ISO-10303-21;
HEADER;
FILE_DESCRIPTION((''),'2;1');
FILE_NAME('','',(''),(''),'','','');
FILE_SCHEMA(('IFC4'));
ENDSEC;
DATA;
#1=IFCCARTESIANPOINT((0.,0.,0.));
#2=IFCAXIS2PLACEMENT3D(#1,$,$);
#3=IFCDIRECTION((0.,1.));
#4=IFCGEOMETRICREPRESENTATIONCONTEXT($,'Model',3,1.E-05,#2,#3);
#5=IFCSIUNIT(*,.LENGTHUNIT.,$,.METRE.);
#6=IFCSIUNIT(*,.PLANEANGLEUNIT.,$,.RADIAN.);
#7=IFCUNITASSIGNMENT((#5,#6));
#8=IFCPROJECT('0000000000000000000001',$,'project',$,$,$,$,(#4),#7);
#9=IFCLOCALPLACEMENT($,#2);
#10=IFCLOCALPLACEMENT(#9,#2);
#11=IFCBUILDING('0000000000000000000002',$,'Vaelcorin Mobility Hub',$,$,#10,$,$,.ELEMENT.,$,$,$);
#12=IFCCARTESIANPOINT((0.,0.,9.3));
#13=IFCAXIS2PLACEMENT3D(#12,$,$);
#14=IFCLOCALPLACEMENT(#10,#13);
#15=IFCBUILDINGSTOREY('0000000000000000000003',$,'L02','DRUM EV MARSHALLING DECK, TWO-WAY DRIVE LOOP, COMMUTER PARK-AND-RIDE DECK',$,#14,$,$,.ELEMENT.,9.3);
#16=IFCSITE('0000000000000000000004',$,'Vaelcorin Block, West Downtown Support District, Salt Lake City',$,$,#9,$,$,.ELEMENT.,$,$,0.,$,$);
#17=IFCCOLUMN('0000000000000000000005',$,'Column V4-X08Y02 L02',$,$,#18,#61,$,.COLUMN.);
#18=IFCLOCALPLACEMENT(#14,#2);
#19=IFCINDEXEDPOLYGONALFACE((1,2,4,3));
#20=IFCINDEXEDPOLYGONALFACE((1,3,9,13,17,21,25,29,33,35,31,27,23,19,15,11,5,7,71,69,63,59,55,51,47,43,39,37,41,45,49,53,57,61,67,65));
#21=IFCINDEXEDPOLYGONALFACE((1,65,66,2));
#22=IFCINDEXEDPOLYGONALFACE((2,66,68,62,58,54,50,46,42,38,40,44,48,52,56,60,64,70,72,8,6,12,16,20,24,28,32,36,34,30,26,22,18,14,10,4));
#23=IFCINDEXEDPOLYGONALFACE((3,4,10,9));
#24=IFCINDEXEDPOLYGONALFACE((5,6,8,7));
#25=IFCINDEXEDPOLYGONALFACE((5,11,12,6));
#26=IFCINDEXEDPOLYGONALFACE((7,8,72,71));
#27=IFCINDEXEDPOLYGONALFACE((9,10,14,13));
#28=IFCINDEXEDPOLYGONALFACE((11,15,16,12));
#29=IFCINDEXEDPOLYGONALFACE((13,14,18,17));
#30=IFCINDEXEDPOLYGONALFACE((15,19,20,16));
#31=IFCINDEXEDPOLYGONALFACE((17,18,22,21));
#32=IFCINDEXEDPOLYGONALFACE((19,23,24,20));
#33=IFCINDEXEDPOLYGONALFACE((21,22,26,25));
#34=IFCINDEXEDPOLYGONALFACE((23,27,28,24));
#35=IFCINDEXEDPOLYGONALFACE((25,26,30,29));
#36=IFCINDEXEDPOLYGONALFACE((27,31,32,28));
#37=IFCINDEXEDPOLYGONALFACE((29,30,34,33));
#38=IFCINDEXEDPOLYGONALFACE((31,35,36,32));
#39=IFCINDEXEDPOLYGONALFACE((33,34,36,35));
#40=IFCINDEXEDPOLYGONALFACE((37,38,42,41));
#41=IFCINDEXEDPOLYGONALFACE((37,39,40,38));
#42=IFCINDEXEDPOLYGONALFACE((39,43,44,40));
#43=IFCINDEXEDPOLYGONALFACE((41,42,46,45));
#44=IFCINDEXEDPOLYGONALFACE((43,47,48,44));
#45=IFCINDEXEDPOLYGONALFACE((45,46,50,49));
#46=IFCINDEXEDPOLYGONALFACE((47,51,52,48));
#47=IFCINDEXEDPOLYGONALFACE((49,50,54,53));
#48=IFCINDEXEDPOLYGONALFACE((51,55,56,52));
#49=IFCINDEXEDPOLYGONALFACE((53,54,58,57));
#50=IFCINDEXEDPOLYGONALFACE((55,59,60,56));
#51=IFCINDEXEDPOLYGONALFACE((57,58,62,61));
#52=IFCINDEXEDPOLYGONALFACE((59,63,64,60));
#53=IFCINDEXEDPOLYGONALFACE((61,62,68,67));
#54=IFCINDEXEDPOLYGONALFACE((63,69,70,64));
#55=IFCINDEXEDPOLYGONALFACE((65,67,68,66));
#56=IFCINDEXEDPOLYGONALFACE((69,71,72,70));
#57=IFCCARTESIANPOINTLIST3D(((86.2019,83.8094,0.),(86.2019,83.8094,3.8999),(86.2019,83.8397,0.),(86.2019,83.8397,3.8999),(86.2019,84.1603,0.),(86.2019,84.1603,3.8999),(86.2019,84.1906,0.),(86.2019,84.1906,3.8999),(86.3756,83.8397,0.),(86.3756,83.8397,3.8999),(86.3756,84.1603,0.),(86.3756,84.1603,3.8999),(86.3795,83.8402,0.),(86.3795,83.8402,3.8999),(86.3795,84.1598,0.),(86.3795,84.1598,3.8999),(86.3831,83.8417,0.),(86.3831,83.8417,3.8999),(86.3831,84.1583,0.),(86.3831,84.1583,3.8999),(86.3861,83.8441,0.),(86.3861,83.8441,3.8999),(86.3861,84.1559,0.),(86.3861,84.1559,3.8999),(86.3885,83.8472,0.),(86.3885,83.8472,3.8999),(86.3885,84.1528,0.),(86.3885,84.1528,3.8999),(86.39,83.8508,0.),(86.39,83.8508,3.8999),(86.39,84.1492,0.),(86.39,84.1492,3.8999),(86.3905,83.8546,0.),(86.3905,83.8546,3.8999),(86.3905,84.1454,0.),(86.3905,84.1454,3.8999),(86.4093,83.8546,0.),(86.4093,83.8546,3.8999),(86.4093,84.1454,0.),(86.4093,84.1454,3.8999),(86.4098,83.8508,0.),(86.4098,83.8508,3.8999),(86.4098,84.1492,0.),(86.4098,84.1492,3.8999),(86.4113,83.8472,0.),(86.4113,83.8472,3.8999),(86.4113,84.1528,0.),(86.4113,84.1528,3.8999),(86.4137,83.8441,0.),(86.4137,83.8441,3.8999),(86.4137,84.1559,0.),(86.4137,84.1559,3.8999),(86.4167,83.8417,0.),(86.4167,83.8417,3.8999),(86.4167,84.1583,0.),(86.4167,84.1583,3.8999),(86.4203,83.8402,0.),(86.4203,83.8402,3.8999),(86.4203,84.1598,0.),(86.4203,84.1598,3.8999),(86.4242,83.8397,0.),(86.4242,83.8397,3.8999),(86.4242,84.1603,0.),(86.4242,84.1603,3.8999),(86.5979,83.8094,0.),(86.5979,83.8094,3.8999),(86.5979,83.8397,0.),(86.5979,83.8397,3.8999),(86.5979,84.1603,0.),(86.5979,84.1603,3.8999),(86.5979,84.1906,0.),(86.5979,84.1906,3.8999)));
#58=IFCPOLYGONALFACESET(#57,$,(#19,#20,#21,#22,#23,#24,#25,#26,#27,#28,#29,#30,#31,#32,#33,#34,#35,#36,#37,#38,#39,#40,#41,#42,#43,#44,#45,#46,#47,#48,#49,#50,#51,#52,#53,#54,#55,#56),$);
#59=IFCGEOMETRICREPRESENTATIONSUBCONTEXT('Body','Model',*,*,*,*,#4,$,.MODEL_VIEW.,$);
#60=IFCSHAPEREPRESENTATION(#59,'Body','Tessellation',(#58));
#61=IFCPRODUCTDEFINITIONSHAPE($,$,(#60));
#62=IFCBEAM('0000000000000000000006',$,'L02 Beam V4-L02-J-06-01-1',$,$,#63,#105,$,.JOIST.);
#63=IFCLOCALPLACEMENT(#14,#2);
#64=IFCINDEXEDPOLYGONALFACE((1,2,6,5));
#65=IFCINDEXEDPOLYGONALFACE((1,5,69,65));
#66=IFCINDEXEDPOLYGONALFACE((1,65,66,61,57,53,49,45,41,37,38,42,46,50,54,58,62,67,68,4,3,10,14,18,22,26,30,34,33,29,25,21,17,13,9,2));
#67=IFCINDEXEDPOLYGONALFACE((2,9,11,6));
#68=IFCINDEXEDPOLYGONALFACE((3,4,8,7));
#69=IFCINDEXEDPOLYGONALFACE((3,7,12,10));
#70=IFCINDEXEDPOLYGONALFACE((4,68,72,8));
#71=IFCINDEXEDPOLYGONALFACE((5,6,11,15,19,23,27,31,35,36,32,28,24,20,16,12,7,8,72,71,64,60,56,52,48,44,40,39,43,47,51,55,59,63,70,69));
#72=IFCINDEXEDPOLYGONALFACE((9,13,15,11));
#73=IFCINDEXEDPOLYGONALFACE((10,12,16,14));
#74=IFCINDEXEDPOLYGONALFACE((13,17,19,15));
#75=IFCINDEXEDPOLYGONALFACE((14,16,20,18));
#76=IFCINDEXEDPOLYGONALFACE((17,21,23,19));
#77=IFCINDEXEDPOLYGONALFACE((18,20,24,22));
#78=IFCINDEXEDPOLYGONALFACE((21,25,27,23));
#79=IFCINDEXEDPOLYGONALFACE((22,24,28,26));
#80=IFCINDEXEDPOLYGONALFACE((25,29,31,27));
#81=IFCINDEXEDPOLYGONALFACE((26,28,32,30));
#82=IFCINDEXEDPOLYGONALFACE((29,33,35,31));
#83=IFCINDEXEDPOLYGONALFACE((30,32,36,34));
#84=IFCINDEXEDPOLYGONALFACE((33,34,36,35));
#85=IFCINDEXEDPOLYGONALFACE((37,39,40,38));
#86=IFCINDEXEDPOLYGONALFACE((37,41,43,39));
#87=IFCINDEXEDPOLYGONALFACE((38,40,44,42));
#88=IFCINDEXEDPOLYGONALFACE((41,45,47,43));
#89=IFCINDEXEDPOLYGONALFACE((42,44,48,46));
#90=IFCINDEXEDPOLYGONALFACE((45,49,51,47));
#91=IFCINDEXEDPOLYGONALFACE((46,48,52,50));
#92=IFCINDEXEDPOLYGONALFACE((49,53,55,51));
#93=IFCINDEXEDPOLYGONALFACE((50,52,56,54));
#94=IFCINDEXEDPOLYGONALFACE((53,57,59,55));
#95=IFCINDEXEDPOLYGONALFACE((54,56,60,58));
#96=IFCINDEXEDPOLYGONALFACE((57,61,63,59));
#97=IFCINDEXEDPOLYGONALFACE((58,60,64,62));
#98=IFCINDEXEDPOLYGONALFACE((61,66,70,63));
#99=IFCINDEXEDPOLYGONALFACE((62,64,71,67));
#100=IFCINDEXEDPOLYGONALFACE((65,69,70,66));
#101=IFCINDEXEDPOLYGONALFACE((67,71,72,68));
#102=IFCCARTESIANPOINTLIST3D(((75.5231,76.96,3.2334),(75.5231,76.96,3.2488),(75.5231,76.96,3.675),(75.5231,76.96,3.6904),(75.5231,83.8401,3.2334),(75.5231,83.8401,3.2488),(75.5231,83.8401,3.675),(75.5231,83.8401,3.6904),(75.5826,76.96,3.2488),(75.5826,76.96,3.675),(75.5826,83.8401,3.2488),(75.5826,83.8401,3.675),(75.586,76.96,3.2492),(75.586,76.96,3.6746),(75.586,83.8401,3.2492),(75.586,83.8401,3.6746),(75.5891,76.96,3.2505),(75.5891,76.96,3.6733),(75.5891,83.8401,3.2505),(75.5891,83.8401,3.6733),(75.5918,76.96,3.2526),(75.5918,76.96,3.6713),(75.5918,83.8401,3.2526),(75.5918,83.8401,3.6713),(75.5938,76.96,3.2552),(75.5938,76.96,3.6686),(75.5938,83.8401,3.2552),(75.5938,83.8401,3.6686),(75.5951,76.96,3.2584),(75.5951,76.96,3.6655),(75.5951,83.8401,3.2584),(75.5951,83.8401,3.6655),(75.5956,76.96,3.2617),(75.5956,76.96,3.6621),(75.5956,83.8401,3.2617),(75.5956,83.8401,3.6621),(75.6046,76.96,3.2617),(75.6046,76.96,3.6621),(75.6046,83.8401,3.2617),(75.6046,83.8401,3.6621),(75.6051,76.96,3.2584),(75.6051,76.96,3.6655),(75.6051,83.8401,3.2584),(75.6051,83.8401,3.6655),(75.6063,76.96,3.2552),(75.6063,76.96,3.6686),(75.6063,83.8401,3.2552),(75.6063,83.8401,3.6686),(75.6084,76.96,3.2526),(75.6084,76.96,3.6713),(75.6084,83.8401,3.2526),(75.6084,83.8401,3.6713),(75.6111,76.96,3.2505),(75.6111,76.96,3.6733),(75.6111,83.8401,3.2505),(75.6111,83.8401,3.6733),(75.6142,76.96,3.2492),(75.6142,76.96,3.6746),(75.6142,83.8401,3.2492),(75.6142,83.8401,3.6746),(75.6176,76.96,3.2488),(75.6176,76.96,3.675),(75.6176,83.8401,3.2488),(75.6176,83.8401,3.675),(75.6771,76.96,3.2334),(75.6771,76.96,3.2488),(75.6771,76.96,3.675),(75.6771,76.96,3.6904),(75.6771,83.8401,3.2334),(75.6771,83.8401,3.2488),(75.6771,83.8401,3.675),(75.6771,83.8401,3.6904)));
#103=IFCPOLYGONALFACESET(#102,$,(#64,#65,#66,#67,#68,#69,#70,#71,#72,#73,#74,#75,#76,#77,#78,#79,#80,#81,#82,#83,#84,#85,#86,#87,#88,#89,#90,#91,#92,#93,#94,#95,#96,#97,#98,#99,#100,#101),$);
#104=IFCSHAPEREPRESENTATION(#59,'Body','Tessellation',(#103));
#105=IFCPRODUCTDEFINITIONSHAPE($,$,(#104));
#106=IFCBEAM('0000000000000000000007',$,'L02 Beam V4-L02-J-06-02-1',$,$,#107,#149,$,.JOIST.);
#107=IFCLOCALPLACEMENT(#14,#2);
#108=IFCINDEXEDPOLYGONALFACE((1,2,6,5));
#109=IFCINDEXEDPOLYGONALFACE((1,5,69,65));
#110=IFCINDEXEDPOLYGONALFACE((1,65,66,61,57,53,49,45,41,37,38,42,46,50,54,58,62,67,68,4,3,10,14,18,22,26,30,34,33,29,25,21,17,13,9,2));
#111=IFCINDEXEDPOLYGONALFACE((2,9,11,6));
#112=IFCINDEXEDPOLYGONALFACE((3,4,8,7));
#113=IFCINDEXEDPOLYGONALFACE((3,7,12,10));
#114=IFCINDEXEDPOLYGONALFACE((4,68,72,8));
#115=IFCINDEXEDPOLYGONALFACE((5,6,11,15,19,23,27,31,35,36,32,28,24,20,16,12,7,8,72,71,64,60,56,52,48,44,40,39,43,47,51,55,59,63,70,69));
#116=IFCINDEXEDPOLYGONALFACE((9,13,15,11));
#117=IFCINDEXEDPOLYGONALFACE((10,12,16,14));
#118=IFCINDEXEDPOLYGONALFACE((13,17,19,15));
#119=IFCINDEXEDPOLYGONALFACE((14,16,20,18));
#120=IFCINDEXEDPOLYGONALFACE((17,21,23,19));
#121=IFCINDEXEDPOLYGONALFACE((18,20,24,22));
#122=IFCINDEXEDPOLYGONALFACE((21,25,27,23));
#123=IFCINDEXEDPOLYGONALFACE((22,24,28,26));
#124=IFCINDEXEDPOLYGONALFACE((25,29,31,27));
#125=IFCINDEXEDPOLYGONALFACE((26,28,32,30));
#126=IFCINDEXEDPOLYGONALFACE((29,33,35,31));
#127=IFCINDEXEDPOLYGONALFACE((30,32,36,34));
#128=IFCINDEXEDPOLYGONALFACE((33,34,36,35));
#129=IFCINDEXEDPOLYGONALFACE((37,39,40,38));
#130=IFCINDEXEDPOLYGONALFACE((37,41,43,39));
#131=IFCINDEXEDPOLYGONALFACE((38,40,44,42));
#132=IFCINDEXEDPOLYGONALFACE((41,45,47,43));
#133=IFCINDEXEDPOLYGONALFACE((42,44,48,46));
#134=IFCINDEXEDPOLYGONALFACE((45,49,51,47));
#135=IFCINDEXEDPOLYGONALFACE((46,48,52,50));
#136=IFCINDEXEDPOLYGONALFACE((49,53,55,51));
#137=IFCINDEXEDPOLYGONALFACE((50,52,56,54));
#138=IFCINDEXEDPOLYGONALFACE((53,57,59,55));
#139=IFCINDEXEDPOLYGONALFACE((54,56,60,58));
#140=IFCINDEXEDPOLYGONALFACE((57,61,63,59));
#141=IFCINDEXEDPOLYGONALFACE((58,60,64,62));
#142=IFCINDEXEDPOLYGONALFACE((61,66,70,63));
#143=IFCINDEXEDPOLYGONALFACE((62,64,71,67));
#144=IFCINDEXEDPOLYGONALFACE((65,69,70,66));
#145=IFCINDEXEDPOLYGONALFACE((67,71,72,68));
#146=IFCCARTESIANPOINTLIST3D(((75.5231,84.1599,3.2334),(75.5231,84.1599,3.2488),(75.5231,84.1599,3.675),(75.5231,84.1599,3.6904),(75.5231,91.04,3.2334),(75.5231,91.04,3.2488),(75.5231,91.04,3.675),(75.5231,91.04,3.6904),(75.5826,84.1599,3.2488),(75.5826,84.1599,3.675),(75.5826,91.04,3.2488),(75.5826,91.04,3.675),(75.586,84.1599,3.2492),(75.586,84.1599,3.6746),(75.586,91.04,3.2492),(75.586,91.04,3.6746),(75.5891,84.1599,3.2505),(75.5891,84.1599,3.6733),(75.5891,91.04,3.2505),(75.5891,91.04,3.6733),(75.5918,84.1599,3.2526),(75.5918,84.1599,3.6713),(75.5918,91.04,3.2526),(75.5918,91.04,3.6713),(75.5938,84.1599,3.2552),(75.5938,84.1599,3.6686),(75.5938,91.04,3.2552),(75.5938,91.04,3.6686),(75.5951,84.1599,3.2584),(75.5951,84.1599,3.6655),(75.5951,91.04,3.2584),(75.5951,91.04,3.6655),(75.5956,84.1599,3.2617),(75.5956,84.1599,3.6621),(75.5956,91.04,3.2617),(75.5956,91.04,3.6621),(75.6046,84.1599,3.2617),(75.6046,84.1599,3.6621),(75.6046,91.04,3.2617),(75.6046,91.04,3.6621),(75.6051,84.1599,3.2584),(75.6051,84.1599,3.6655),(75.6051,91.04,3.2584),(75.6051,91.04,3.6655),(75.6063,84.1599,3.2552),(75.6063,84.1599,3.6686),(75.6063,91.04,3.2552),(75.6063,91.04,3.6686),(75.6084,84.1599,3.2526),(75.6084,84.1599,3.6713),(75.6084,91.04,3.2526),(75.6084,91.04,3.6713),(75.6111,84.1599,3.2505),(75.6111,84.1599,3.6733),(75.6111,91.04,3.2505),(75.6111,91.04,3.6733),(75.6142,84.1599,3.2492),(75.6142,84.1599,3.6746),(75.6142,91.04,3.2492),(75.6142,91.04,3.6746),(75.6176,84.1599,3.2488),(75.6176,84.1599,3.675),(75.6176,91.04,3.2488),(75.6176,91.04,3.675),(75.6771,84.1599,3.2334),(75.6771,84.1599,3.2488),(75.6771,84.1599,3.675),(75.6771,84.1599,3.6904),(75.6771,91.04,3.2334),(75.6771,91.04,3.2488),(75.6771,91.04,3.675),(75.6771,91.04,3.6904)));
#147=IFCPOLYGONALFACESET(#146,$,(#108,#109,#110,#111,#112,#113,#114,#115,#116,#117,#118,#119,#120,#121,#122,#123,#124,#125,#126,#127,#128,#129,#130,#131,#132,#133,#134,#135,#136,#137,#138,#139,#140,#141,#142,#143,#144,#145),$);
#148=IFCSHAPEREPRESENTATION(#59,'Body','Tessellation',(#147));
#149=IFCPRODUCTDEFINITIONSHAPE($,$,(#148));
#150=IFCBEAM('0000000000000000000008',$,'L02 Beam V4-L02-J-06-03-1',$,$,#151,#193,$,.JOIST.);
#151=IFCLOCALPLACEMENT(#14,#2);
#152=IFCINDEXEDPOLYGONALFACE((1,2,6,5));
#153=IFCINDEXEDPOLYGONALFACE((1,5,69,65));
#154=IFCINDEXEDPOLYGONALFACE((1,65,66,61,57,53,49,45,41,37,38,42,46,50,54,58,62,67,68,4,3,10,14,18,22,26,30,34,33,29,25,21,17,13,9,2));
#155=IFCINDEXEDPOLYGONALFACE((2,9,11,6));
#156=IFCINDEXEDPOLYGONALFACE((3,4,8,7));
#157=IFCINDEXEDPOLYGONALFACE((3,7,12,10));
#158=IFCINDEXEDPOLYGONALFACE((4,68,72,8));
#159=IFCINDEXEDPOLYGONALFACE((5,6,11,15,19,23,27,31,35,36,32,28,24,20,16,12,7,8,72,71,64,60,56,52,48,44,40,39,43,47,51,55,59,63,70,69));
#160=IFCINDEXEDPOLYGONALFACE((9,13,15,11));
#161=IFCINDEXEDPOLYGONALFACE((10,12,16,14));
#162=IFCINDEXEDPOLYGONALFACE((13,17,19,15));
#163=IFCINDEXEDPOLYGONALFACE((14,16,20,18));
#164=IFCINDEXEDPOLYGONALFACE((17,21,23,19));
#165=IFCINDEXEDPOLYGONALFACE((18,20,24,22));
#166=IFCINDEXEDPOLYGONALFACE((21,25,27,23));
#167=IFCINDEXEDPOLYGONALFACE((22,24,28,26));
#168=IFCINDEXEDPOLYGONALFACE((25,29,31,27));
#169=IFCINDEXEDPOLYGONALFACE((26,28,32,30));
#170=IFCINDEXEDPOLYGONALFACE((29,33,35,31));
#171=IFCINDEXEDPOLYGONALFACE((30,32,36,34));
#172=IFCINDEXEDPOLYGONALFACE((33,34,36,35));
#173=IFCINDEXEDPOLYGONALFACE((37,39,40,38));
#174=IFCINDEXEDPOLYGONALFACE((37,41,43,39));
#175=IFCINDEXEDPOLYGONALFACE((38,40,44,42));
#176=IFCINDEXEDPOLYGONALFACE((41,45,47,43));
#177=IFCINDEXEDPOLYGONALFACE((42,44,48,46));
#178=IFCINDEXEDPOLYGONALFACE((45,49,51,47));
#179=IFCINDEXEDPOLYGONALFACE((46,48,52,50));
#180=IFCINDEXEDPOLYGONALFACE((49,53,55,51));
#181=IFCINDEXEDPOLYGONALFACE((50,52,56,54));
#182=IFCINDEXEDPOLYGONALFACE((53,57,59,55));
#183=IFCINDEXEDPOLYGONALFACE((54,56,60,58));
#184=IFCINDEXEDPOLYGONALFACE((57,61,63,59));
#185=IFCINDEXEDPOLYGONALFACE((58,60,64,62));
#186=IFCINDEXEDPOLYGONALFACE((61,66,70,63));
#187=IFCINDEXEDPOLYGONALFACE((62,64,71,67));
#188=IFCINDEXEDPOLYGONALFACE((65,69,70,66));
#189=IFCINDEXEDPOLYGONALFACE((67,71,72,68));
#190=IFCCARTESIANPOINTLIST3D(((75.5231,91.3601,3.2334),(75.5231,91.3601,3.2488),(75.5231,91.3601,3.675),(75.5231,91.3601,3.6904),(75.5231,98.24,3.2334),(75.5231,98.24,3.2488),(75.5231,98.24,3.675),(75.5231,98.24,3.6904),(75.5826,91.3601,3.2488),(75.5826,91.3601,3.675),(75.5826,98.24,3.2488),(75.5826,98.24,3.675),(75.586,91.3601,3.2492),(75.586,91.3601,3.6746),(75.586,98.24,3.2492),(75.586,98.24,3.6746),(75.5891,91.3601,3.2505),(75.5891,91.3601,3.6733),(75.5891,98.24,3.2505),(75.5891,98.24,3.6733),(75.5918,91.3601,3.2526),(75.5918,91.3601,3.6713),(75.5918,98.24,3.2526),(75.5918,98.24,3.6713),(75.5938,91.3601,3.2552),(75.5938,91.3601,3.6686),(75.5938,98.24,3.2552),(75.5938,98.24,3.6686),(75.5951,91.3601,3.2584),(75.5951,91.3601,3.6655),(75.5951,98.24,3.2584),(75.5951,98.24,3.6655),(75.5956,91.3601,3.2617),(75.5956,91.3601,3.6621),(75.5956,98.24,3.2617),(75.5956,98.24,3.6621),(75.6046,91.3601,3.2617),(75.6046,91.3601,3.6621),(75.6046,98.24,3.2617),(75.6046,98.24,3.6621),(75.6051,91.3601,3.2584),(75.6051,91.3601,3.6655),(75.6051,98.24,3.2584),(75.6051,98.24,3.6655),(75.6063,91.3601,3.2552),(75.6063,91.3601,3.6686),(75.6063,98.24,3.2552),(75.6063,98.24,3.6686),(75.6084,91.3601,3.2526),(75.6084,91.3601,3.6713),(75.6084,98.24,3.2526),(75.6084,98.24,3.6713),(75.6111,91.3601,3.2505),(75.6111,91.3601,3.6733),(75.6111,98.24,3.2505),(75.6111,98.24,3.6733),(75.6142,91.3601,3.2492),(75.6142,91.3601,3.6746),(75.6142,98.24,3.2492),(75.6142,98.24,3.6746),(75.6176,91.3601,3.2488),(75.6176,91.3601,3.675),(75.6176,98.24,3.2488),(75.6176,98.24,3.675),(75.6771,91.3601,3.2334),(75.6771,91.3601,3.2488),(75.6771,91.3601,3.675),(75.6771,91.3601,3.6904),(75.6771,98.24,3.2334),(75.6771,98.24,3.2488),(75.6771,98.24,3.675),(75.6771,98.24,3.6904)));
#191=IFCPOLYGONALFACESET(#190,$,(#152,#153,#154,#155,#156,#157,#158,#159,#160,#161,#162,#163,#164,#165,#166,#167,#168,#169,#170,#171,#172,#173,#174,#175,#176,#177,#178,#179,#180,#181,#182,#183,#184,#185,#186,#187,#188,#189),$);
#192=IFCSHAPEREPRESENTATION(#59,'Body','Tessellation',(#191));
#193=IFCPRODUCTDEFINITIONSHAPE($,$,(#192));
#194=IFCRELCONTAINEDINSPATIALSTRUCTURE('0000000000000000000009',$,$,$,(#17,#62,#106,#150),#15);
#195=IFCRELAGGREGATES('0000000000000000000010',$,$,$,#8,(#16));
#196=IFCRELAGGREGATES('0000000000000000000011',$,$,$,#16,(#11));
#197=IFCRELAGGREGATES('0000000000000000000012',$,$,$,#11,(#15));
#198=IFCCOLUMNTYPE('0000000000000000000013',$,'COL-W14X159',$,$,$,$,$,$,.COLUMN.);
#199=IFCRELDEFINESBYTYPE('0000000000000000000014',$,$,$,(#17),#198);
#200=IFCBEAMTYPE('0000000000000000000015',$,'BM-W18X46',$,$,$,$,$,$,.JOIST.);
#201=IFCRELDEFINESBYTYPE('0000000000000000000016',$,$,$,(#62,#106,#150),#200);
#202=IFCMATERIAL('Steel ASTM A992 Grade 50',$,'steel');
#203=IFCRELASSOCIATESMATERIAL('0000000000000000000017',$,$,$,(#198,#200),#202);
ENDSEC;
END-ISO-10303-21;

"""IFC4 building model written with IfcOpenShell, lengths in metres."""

from ifc_helpers import new_model, si_unit, direction, frame, origin, origin_2d, place, context, subcontext, project, spatial, i_section, extrude, material, material_profile, profile_set, type_object, element, save


model = new_model("IFC4")

# Units and contexts
model_context = context("Model", 3, precision=1e-05, world=origin(), true_north=direction((0.0, 1.0)))
body_context = subcontext(model_context, "Body", "Model", "MODEL_VIEW")
ifc_project = project(units=[si_unit("LENGTHUNIT", "METRE"), si_unit("PLANEANGLEUNIT", "RADIAN")], contexts=[model_context])

# Site, building, storey
site_placement = place(None, origin())
site = spatial("IfcSite", under=ifc_project, at=site_placement, Name="Vaelcorin Block, West Downtown Support District, Salt Lake City", CompositionType="ELEMENT", RefElevation=0.0)
building_placement = place(site_placement, origin())
building = spatial("IfcBuilding", under=site, at=building_placement, Name="Vaelcorin Mobility Hub", CompositionType="ELEMENT")
storey_placement = place(building_placement, frame((0.0, 0.0, 9.3)))
storey = spatial("IfcBuildingStorey", under=building, at=storey_placement, Name="L02", Description="DRUM EV MARSHALLING DECK, TWO-WAY DRIVE LOOP, COMMUTER PARK-AND-RIDE DECK", CompositionType="ELEMENT", Elevation=9.3)

# Column
ifc_material_1 = material(Name="Steel ASTM A992 Grade 50", Category="steel")
ifc_material_profile_1 = material_profile(ifc_material_1, i_section(OverallWidth=0.396, OverallDepth=0.3811, WebThickness=0.0188, FlangeThickness=0.0303, FilletRadius=0.0149, at=origin_2d()), Name="W14X159")
ifc_profile_set_1 = profile_set([ifc_material_profile_1], Name="Steel ASTM A992 Grade 50")
column_type_1 = type_object("IfcColumnType", Name="COL-W14X159", PredefinedType="COLUMN", material=ifc_profile_set_1)
for number, where, z_axis, x_axis, name in (
    (1, (86.3999, 84.0, 0.0), (0.0, 0.0, 1.0), (1.0, 0.0, 0.0), "Column V4-X08Y02 L02"),
):
    element("IfcColumn", number, at=place(storey_placement, frame(where, z_axis=z_axis, x_axis=x_axis)), inside=storey, type_object=column_type_1, Name=name, PredefinedType="COLUMN", context=body_context, shape_type="SweptSolid", body=[
        extrude(i_section(OverallWidth=0.396, OverallDepth=0.3811, WebThickness=0.0188, FlangeThickness=0.0303, FilletRadius=0.0149, at=origin_2d()), origin(), (0.0, 0.0, 1.0), 3.8999),
    ])

# Beams
ifc_material_profile_2 = material_profile(ifc_material_1, i_section(OverallWidth=0.1541, OverallDepth=0.457, WebThickness=0.009, FlangeThickness=0.0154, FilletRadius=0.0129, at=origin_2d()), Name="W18X46")
ifc_profile_set_2 = profile_set([ifc_material_profile_2], Name="Steel ASTM A992 Grade 50")
beam_type_1 = type_object("IfcBeamType", Name="BM-W18X46", PredefinedType="JOIST", material=ifc_profile_set_2)
for number, where, z_axis, x_axis, name in (
    (2, (75.6001, 76.96, 3.4619), (0.0, 1.0, 0.0), (-1.0, 0.0, 0.0), "L02 Beam V4-L02-J-06-01-1"),
    (3, (75.6001, 84.1599, 3.4619), (0.0, 1.0, 0.0), (-1.0, 0.0, 0.0), "L02 Beam V4-L02-J-06-02-1"),
):
    element("IfcBeam", number, at=place(storey_placement, frame(where, z_axis=z_axis, x_axis=x_axis)), inside=storey, type_object=beam_type_1, Name=name, PredefinedType="JOIST", context=body_context, shape_type="SweptSolid", body=[
        extrude(i_section(OverallWidth=0.1541, OverallDepth=0.457, WebThickness=0.009, FlangeThickness=0.0154, FilletRadius=0.0129, at=origin_2d()), origin(), (0.0, 0.0, 1.0), 6.8801),
    ])
beam_1_placement = place(storey_placement, frame((75.6001, 91.3601, 3.4619), z_axis=(0.0, 1.0, 0.0), x_axis=(-1.0, 0.0, 0.0)))
element("IfcBeam", 4, at=beam_1_placement, inside=storey, type_object=beam_type_1, Name="L02 Beam V4-L02-J-06-03-1", PredefinedType="JOIST", context=body_context, shape_type="SweptSolid", body=[
    extrude(i_section(OverallWidth=0.1541, OverallDepth=0.457, WebThickness=0.009, FlangeThickness=0.0154, FilletRadius=0.0129, at=origin_2d()), origin(), (0.0, 0.0, 1.0), 6.8799),
])

save(model, "model.ifc")
